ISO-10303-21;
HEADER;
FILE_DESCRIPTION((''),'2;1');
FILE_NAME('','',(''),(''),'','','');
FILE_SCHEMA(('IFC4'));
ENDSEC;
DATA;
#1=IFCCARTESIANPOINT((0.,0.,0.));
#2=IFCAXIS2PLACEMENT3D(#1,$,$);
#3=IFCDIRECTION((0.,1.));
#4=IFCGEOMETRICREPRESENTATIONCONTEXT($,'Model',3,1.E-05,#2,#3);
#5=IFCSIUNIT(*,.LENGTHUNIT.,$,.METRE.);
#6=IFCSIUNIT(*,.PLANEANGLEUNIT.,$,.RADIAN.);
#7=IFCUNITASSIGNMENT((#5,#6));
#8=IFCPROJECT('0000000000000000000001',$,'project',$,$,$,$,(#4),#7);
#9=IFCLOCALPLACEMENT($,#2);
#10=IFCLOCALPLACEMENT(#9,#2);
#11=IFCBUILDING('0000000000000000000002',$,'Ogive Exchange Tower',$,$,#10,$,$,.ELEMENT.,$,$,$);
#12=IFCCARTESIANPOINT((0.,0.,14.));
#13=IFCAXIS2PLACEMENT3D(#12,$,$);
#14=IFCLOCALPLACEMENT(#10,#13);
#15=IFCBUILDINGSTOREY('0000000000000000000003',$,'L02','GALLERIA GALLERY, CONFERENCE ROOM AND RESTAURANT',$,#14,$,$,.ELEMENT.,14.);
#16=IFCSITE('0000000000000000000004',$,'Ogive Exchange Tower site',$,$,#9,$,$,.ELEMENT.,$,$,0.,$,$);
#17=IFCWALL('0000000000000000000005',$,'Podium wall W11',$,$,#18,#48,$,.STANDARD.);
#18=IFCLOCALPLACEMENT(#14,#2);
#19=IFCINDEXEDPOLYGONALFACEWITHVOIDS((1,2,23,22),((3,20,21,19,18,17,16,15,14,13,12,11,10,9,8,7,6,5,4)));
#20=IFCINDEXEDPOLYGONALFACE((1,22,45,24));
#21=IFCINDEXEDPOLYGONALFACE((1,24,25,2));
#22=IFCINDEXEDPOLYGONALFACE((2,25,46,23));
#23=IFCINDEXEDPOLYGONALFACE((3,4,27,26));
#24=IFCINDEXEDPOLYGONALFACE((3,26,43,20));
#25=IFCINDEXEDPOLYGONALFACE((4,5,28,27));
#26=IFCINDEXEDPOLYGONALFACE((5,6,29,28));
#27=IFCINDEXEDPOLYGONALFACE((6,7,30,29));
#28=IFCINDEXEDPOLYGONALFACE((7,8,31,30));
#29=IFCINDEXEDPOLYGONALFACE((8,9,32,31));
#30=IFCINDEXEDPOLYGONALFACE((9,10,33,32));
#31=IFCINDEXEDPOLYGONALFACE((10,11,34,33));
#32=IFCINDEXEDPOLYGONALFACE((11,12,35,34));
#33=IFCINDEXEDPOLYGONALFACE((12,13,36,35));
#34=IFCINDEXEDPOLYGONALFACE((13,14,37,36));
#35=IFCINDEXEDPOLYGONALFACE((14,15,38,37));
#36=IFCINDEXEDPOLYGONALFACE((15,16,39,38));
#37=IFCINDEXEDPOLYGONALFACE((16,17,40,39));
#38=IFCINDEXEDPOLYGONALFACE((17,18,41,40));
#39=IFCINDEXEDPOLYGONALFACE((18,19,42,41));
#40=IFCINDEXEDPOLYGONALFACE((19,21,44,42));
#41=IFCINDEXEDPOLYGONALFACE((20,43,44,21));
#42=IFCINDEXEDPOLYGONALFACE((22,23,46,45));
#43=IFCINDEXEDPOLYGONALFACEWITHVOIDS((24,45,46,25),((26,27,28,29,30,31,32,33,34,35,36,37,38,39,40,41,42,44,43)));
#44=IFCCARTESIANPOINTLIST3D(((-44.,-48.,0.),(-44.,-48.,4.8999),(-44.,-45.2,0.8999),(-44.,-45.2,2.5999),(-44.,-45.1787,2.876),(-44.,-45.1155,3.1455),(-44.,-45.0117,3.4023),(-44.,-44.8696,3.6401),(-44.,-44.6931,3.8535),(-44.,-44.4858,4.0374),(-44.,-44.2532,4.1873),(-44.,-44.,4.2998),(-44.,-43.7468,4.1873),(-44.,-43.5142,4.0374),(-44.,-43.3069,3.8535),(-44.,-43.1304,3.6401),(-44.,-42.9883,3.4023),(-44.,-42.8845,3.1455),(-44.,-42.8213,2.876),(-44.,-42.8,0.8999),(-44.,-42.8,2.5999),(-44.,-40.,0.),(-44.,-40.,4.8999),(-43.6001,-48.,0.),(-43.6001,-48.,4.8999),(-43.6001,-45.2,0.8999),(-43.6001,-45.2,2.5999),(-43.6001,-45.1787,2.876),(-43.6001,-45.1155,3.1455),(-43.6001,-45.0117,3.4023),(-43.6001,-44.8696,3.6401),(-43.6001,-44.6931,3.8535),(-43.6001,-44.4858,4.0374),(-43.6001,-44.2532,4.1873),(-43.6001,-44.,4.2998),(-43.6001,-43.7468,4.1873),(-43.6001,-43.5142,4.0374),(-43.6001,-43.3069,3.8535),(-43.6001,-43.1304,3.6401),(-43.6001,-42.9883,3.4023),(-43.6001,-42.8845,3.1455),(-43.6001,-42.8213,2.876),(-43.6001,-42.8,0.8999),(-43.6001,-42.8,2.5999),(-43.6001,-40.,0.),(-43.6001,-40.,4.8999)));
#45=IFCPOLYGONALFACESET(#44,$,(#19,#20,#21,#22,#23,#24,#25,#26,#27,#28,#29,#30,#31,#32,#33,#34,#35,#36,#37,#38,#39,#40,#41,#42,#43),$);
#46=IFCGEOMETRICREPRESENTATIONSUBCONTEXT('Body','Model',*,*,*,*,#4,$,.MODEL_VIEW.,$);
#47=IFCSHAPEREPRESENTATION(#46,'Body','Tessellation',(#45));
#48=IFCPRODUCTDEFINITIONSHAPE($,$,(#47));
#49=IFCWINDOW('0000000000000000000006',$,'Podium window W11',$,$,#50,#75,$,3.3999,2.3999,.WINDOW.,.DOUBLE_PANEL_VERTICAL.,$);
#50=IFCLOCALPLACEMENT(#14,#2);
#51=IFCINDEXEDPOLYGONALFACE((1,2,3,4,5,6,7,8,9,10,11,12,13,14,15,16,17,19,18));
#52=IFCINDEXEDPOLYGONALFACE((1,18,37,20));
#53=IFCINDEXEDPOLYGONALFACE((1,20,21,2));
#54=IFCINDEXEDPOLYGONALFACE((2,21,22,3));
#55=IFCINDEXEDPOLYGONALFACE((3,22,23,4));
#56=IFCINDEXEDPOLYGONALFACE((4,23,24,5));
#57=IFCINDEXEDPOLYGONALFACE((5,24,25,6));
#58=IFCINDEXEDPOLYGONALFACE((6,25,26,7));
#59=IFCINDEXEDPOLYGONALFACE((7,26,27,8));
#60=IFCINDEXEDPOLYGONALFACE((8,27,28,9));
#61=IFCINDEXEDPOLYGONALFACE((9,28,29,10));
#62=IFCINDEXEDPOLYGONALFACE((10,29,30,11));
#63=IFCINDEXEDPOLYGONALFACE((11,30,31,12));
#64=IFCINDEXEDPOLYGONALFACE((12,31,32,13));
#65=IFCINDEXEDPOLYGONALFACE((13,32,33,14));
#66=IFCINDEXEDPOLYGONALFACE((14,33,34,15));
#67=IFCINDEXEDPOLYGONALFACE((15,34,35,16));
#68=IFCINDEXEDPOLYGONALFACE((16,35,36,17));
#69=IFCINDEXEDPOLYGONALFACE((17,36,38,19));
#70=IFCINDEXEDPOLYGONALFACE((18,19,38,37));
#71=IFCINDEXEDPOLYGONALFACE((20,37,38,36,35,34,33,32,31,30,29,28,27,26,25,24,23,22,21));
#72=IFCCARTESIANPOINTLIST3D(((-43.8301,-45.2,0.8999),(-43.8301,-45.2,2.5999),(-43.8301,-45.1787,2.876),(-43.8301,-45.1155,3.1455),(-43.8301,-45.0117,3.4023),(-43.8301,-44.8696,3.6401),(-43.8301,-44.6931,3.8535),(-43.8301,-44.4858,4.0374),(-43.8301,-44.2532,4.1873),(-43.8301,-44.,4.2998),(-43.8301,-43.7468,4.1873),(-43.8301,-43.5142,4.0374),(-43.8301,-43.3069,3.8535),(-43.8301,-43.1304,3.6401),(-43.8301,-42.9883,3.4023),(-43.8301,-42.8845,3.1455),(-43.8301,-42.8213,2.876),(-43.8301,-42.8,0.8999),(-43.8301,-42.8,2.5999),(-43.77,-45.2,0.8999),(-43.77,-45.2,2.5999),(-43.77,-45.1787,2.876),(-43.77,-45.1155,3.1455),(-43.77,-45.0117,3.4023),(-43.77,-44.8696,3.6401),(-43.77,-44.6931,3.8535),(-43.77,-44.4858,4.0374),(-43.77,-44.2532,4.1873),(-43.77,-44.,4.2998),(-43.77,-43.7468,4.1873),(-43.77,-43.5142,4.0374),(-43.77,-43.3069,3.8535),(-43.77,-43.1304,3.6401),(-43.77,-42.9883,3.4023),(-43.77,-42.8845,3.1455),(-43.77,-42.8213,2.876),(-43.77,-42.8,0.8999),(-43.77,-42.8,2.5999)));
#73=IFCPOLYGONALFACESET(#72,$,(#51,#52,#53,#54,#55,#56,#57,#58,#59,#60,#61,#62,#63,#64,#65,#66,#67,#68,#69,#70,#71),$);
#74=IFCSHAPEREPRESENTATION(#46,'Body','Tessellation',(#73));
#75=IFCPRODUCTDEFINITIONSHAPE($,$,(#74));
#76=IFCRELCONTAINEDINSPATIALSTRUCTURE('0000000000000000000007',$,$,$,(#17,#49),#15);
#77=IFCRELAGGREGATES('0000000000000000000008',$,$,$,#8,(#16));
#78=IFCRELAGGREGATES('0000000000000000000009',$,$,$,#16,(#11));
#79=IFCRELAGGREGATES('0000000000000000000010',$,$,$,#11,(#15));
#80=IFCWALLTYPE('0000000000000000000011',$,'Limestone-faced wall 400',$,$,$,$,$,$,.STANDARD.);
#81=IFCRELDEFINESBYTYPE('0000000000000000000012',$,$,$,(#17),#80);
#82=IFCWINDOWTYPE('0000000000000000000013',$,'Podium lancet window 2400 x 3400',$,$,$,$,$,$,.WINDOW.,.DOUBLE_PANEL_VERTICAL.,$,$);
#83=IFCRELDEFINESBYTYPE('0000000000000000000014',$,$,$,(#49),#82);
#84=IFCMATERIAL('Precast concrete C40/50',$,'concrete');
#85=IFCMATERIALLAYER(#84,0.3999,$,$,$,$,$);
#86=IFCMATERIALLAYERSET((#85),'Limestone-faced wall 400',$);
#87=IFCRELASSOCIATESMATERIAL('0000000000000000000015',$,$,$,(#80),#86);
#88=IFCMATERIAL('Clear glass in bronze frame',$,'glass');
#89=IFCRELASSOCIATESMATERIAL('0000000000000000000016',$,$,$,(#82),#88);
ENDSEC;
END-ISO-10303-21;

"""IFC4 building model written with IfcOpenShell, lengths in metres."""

from ifc_helpers import new_model, si_unit, direction, frame, frame_2d, origin, place, context, subcontext, project, spatial, polyline, rectangle, outline, extrude, material, layer, layer_set, type_object, element, fill, save


model = new_model("IFC4")

# Units and contexts
model_context = context("Model", 3, precision=1e-05, world=origin(), true_north=direction((0.0, 1.0)))
body_context = subcontext(model_context, "Body", "Model", "MODEL_VIEW")
ifc_project = project(units=[si_unit("LENGTHUNIT", "METRE"), si_unit("PLANEANGLEUNIT", "RADIAN")], contexts=[model_context])

# Site, building, storey
site_placement = place(None, origin())
site = spatial("IfcSite", under=ifc_project, at=site_placement, Name="Ogive Exchange Tower site", CompositionType="ELEMENT", RefElevation=0.0)
building_placement = place(site_placement, origin())
building = spatial("IfcBuilding", under=site, at=building_placement, Name="Ogive Exchange Tower", CompositionType="ELEMENT")
storey_placement = place(building_placement, frame((0.0, 0.0, 14.0)))
storey = spatial("IfcBuildingStorey", under=building, at=storey_placement, Name="L02", Description="GALLERIA GALLERY, CONFERENCE ROOM AND RESTAURANT", CompositionType="ELEMENT", Elevation=14.0)

# Shared definitions
ifc_material_1 = material(Name="Precast concrete C40/50", Category="concrete")
ifc_layer_1 = layer(ifc_material_1, 0.3999)
ifc_layer_set_1 = layer_set([ifc_layer_1], Name="Limestone-faced wall 400")
wall_type_1 = type_object("IfcWallType", Name="Limestone-faced wall 400", PredefinedType="STANDARD", material=ifc_layer_set_1)
ifc_material_2 = material(Name="Clear glass in bronze frame", Category="glass")
window_type_1 = type_object("IfcWindowType", Name="Podium lancet window 2400 x 3400", PartitioningType="DOUBLE_PANEL_VERTICAL", PredefinedType="WINDOW", material=ifc_material_2)

# Wall, opening, window
wall_1_placement = place(storey_placement, frame((-43.8, -40.0, 0.0), z_axis=(0.0, 0.0, 1.0), x_axis=(0.0, -1.0, 0.0)))
wall_1 = element("IfcWall", 1, at=wall_1_placement, inside=storey, type_object=wall_type_1, Name="Podium wall W11", PredefinedType="STANDARD", context=body_context, shape_type="SweptSolid", body=[
    extrude(rectangle(XDim=8.0, YDim=0.3999, at=frame_2d((4.0, 0.0))), origin(), (0.0, 0.0, 1.0), 4.8999),
])
opening_1_placement = place(wall_1_placement, frame((2.8, 0.0, 0.8999)))
opening_1 = element("IfcOpeningElement", 2, at=opening_1_placement, cuts=wall_1, PredefinedType="OPENING", context=body_context, shape_type="SweptSolid", body=[
    extrude(outline(polyline([(0.0, 0.0), (2.3999, 0.0), (2.3999, 1.7), (2.3787, 1.9761), (2.3154, 2.2456), (2.2117, 2.5024), (2.0696, 2.7402), (1.8931, 2.9536), (1.6858, 3.1375), (1.4531, 3.2874), (1.2, 3.3999), (0.9468, 3.2874), (0.7141, 3.1375), (0.5068, 2.9536), (0.3303, 2.7402), (0.1882, 2.5024), (0.0845, 2.2456), (0.0212, 1.9761), (0.0, 1.7), (0.0, 0.0)])), frame((0.0, 0.21, 0.0), z_axis=(0.0, -1.0, 0.0), x_axis=(1.0, 0.0, 0.0)), (0.0, 0.0, 1.0), 0.4199),
])
window_1_placement = place(opening_1_placement, origin())
window_1 = element("IfcWindow", 3, at=window_1_placement, inside=storey, type_object=window_type_1, Name="Podium window W11", OverallHeight=3.3999, OverallWidth=2.3999, PartitioningType="DOUBLE_PANEL_VERTICAL", PredefinedType="WINDOW", context=body_context, shape_type="SweptSolid", body=[
    extrude(outline(polyline([(0.0, 0.0), (2.3999, 0.0), (2.3999, 1.7), (2.3787, 1.9761), (2.3154, 2.2456), (2.2117, 2.5024), (2.0696, 2.7402), (1.8931, 2.9536), (1.6858, 3.1375), (1.4531, 3.2874), (1.2, 3.3999), (0.9468, 3.2874), (0.7141, 3.1375), (0.5068, 2.9536), (0.3303, 2.7402), (0.1882, 2.5024), (0.0845, 2.2456), (0.0212, 1.9761), (0.0, 1.7), (0.0, 0.0)])), frame((0.0, 0.03, 0.0), z_axis=(0.0, -1.0, 0.0), x_axis=(1.0, 0.0, 0.0)), (0.0, 0.0, 1.0), 0.0601),
])
fill(opening_1, window_1)

save(model, "model.ifc")
